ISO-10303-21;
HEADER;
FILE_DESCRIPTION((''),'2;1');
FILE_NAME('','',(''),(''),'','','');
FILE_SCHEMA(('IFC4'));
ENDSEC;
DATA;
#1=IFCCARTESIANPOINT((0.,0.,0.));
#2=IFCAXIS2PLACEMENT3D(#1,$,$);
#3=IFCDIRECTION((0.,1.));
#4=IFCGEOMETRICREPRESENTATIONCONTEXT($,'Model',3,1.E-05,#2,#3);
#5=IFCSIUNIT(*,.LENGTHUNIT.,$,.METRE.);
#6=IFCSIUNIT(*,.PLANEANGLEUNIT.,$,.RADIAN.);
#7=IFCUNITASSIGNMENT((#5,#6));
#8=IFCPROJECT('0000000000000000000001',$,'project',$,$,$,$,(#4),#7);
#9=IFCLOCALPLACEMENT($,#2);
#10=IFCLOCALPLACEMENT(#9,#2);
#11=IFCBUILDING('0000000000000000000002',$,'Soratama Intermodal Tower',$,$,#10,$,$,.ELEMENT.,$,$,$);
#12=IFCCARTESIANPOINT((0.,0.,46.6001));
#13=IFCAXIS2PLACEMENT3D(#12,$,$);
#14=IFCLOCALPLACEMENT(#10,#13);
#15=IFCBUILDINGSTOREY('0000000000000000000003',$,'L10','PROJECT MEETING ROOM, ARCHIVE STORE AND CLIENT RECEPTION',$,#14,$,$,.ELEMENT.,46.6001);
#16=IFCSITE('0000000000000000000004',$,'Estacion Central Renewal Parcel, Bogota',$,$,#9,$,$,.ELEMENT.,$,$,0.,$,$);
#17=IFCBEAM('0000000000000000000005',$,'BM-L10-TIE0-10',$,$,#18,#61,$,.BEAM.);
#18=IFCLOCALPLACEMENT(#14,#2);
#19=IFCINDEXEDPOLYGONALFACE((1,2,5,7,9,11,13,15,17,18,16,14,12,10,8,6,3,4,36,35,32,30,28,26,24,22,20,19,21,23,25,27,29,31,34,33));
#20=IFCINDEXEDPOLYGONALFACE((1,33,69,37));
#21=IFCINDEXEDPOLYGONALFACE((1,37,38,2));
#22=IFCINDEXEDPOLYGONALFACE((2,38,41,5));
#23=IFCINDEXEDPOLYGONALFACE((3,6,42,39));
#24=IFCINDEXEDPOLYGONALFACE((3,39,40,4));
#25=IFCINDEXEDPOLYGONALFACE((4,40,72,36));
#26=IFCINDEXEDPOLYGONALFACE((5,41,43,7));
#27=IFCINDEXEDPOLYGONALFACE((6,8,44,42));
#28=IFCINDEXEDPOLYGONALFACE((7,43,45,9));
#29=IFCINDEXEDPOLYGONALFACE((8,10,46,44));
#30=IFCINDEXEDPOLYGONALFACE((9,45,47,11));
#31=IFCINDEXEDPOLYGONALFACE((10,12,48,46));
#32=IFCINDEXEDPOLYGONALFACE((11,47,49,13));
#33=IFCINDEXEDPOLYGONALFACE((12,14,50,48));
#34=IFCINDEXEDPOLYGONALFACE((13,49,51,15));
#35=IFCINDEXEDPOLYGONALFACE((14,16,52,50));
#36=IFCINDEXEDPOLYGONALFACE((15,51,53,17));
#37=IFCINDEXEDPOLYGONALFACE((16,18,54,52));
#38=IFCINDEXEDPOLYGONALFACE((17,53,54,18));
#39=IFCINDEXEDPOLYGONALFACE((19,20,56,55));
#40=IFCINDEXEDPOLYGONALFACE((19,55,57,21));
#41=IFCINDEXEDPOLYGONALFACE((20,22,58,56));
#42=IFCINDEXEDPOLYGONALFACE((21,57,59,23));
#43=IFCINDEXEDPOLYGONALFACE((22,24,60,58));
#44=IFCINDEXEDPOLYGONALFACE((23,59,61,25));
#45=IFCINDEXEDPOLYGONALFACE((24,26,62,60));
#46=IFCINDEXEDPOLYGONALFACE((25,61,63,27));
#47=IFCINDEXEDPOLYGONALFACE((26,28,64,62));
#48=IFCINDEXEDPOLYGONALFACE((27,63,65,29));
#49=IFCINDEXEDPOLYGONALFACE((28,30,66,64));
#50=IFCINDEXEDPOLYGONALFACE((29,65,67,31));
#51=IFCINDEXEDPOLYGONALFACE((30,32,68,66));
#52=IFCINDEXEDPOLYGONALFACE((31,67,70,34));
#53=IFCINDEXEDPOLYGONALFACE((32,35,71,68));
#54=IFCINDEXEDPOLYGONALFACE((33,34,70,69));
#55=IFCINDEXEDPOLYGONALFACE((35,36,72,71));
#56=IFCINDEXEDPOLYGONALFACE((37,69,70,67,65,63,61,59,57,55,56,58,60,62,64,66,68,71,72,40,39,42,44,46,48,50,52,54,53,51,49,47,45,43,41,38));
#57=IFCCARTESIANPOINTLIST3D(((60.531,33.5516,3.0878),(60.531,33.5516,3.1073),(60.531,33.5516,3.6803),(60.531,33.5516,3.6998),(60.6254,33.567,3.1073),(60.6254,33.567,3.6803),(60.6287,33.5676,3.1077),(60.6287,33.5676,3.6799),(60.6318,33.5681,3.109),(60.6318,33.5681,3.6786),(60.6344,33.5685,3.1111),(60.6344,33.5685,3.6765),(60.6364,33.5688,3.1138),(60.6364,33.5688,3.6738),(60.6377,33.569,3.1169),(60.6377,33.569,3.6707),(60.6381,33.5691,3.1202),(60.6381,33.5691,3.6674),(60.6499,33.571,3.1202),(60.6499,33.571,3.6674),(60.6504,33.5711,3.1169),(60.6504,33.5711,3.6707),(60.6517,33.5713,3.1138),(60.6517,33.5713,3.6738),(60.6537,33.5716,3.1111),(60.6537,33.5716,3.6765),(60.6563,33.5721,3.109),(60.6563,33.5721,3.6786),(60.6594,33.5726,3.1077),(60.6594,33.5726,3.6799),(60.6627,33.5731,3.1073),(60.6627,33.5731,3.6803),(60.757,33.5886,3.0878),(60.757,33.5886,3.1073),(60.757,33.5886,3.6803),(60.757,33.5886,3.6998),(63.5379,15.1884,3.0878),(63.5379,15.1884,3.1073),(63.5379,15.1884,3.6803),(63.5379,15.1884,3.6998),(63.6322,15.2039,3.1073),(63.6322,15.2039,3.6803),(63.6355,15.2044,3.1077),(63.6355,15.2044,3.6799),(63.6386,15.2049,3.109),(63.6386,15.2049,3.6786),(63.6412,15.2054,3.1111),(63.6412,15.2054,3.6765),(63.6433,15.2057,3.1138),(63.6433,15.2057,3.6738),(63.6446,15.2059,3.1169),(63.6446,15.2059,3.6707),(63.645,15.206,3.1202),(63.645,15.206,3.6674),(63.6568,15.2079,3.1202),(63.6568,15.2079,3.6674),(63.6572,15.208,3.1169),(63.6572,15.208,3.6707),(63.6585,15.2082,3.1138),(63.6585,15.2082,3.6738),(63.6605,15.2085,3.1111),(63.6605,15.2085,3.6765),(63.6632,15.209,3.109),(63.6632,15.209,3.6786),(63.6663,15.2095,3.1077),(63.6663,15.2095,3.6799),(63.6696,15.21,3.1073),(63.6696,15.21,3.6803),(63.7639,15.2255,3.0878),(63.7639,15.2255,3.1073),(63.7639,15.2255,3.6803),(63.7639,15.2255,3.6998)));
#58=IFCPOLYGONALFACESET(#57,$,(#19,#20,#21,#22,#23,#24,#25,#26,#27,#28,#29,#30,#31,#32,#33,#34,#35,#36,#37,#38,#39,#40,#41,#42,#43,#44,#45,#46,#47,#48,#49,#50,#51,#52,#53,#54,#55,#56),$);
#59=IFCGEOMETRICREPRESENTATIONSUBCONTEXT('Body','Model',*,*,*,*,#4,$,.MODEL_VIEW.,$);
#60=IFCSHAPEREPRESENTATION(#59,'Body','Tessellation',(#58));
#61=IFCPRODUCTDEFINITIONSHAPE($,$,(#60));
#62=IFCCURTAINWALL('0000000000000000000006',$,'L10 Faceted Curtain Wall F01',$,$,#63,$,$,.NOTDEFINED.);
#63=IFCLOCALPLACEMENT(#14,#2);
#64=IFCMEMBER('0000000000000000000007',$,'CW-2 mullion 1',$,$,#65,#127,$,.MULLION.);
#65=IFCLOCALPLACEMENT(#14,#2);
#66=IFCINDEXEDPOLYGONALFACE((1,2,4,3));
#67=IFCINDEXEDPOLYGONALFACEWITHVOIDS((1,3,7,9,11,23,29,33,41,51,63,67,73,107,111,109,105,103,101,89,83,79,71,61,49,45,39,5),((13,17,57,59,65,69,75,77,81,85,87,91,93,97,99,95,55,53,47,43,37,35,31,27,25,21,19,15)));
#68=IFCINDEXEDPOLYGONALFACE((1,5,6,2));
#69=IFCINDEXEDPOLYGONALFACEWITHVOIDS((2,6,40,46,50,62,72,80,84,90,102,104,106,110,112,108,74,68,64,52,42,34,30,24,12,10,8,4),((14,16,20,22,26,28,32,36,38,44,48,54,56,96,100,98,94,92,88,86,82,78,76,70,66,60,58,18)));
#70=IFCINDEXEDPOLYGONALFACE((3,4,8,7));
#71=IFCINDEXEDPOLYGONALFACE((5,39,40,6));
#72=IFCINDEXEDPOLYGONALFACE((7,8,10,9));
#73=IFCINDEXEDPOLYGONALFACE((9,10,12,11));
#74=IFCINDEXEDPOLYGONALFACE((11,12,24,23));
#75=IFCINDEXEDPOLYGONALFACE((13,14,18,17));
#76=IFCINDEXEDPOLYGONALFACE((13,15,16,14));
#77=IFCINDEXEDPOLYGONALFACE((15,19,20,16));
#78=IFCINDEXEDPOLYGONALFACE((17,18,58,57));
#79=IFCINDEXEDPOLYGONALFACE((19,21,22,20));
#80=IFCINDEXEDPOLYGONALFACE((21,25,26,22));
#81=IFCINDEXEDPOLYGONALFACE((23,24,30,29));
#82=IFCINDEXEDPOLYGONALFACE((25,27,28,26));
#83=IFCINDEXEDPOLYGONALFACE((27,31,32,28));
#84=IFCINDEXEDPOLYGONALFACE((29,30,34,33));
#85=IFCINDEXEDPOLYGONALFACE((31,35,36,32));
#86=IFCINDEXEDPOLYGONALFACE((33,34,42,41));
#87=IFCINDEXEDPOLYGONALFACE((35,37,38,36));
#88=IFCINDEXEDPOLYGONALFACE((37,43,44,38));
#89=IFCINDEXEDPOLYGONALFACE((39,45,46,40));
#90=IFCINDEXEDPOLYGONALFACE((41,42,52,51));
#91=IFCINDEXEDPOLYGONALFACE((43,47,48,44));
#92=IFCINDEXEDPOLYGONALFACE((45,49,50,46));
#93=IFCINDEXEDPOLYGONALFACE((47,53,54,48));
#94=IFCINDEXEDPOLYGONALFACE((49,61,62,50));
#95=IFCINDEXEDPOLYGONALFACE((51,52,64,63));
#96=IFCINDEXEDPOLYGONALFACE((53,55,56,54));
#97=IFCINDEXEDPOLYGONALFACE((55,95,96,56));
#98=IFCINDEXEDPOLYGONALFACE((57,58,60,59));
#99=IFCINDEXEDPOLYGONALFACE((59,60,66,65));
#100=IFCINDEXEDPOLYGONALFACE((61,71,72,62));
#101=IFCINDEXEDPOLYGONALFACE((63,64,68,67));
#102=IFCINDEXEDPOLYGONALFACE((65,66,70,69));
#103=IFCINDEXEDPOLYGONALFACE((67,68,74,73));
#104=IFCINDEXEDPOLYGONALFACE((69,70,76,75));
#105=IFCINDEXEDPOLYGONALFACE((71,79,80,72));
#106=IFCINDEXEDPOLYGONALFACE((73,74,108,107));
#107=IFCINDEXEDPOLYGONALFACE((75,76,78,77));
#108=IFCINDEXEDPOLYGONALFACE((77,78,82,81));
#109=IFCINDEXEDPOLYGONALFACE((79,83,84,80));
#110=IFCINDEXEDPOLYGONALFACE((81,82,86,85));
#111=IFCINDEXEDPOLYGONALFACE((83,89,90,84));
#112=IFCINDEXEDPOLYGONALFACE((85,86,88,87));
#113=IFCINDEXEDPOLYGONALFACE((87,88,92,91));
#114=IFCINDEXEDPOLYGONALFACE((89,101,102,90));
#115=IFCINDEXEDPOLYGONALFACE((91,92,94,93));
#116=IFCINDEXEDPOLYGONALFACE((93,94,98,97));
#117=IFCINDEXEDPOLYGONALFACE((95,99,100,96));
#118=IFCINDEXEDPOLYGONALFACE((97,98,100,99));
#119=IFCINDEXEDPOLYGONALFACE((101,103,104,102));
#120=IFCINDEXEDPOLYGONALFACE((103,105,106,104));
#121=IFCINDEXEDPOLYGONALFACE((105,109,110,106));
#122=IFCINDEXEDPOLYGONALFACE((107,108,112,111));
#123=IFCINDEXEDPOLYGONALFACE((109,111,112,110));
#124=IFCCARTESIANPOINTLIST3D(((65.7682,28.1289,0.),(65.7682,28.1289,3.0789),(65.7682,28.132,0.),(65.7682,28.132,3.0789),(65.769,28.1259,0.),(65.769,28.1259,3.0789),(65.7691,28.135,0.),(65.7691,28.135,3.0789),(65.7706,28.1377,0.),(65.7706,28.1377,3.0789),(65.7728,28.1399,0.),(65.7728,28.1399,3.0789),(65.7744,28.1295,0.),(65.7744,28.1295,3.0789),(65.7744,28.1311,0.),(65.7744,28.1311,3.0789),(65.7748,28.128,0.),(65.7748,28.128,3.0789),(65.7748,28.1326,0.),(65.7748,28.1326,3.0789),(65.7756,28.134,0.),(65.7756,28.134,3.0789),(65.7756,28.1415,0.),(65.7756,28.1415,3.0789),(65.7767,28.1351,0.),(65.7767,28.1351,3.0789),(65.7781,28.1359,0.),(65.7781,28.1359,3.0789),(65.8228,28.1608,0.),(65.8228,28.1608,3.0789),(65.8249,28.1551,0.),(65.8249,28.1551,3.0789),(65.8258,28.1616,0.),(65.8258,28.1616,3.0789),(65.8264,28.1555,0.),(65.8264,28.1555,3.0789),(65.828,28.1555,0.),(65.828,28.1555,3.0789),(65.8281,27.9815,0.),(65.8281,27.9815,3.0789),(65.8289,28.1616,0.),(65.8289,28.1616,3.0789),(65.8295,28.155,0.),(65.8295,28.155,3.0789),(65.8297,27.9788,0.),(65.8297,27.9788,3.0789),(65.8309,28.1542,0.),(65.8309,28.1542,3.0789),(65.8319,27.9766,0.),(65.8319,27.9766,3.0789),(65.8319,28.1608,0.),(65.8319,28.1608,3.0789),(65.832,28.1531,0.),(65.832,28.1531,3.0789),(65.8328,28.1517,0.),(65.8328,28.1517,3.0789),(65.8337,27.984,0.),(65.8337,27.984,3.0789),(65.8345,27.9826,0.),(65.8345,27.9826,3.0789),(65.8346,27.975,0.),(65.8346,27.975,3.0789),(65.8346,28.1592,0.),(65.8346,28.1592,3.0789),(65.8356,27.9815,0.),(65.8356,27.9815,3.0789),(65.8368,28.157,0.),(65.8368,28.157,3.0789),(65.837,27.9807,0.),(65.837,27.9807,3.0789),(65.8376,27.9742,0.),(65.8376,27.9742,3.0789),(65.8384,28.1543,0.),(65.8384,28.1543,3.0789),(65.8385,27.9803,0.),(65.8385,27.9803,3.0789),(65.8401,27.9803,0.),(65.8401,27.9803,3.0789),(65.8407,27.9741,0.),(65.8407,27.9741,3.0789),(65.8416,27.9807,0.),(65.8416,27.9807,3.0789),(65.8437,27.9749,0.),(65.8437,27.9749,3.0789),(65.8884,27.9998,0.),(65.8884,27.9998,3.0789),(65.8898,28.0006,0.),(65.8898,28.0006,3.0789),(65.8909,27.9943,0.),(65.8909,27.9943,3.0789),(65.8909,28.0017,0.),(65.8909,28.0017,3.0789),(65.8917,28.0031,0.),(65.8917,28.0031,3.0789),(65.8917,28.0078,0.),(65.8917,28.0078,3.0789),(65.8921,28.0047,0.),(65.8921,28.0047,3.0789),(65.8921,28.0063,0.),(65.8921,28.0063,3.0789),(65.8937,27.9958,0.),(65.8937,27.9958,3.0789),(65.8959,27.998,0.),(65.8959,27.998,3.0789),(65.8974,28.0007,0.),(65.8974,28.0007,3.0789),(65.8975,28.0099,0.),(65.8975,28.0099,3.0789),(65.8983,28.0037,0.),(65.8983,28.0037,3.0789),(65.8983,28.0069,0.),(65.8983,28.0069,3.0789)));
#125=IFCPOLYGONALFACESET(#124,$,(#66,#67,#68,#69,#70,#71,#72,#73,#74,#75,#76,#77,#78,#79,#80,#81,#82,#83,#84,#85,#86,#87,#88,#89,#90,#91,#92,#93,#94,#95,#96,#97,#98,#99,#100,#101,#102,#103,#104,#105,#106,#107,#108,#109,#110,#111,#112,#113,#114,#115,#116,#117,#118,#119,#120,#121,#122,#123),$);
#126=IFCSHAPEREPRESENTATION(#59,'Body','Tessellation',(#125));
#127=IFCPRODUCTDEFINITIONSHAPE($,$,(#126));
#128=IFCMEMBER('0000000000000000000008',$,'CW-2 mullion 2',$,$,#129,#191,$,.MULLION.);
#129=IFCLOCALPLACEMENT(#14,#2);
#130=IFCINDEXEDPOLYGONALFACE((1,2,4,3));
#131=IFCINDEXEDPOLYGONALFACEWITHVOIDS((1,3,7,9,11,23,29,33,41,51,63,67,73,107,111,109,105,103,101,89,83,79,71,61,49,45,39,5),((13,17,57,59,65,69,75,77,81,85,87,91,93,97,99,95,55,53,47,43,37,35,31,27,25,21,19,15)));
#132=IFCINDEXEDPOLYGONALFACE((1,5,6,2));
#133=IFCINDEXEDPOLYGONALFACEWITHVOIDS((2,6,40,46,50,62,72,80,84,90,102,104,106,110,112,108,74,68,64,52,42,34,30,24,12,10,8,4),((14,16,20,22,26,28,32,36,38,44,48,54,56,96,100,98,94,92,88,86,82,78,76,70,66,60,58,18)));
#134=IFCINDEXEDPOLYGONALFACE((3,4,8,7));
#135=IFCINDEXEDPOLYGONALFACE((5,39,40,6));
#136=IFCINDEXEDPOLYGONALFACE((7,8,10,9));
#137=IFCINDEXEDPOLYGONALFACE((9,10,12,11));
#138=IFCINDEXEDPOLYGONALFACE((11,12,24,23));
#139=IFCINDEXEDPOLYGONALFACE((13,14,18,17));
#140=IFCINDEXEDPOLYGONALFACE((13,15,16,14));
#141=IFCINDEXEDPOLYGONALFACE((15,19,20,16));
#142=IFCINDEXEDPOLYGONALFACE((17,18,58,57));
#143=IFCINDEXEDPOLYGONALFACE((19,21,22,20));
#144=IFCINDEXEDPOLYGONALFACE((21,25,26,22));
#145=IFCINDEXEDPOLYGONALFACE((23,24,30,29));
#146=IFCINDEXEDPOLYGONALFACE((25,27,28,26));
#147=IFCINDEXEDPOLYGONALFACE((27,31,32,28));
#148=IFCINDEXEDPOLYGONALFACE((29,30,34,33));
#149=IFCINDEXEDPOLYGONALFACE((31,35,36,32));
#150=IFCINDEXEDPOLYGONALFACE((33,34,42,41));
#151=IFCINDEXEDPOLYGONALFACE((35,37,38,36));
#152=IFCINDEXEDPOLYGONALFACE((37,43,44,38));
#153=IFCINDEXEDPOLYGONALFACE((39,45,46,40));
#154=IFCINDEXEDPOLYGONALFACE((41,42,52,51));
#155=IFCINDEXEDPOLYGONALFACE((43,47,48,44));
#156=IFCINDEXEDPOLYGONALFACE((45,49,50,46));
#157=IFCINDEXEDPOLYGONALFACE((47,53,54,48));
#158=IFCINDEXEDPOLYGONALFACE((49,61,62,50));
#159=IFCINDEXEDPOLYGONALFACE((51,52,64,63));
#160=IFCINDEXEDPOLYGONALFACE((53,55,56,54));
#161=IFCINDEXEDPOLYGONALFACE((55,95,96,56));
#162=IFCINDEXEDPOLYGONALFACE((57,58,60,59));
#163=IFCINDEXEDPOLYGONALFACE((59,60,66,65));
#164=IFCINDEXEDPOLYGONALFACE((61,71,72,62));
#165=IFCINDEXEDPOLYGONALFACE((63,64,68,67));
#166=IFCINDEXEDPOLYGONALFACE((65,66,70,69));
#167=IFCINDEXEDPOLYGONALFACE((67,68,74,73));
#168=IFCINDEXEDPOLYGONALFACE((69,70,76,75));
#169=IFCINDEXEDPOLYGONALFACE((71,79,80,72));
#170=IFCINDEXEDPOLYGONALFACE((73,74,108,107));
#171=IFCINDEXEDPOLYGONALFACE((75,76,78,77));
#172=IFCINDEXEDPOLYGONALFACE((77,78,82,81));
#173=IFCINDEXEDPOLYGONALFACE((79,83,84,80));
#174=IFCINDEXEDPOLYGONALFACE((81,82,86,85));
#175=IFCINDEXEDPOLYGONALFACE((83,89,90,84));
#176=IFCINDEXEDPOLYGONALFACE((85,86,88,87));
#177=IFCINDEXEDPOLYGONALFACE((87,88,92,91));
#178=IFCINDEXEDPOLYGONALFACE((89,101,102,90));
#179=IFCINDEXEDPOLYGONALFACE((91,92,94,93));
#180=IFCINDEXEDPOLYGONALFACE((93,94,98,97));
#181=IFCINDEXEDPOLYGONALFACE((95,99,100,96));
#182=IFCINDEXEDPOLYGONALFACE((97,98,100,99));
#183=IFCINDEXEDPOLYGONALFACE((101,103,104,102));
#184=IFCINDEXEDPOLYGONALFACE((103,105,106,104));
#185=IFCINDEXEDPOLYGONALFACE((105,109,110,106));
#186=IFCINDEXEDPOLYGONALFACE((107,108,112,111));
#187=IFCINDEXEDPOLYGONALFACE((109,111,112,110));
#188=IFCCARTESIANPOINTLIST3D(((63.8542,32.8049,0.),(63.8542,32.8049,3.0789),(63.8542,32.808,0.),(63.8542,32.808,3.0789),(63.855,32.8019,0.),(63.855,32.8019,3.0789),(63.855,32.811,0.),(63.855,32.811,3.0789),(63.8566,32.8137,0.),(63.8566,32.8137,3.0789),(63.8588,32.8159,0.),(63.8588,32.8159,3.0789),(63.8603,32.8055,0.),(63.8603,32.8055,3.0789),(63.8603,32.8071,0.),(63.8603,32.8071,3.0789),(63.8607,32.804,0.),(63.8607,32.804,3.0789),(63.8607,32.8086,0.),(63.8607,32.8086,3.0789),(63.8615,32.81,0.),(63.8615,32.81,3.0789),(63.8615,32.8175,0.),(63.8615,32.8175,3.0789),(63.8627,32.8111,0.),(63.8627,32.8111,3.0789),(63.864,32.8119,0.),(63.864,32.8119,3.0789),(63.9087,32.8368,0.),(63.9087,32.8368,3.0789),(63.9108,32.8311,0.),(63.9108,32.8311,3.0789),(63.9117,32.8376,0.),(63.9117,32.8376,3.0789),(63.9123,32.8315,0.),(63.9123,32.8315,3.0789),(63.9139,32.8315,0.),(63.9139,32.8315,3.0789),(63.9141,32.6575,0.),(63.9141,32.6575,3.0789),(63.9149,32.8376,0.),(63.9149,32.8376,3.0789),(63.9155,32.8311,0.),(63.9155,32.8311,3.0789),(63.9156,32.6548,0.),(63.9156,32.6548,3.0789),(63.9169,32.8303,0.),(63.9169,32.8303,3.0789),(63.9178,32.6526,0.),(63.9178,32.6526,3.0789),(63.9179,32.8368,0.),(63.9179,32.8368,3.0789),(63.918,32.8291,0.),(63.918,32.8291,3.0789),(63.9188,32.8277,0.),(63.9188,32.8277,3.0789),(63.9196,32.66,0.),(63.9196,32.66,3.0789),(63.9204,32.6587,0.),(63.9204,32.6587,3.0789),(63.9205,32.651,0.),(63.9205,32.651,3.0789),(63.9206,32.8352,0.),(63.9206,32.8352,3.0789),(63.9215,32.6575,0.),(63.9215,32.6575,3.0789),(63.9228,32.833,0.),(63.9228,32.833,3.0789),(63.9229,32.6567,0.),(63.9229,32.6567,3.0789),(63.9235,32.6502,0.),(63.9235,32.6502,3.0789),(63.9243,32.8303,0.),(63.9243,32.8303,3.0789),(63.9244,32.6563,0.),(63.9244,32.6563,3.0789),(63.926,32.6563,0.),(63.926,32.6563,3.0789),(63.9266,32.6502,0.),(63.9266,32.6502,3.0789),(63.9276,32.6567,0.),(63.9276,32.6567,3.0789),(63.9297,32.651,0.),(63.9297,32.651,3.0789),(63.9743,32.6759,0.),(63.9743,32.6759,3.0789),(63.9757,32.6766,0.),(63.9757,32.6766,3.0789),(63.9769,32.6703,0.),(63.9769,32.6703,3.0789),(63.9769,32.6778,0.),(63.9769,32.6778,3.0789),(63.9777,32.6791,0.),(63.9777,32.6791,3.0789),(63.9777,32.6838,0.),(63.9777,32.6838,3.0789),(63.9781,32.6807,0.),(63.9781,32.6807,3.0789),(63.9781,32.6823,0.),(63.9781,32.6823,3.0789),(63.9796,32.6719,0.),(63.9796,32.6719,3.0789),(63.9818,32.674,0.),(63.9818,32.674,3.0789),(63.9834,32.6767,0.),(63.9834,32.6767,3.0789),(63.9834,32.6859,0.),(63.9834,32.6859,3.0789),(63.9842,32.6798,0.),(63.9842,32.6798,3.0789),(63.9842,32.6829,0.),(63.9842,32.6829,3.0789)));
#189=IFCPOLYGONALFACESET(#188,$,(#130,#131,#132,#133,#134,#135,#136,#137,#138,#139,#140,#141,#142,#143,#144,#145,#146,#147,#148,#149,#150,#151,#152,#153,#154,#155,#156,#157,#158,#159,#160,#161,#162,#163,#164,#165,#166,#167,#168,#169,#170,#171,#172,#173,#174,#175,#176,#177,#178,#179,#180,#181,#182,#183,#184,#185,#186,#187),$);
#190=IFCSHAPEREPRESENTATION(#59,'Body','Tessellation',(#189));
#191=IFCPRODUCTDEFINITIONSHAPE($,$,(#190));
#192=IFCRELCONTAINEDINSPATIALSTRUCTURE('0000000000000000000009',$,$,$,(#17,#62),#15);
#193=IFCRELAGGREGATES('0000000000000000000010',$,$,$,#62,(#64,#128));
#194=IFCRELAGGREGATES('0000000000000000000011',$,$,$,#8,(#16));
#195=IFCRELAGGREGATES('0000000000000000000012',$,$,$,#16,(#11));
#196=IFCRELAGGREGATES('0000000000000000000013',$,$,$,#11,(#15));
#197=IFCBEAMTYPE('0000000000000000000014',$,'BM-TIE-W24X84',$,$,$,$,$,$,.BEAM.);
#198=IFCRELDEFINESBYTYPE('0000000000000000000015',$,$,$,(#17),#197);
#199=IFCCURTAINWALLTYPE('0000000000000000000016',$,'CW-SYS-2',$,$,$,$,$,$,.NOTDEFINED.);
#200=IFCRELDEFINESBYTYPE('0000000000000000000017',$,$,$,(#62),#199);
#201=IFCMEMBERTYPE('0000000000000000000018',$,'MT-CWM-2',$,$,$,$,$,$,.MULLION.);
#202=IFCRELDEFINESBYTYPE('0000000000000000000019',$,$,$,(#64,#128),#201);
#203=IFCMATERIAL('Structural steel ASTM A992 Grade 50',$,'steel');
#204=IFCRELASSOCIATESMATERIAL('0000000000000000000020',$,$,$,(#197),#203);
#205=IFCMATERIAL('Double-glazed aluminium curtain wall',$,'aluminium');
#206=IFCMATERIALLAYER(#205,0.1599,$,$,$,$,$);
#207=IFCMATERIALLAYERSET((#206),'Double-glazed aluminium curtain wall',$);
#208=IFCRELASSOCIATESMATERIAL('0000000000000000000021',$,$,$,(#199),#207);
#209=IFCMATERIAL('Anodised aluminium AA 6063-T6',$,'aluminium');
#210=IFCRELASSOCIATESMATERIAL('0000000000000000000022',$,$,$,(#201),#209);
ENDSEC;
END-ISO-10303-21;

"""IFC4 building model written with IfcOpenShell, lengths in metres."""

from ifc_helpers import new_model, si_unit, direction, frame, origin, origin_2d, place, context, subcontext, project, spatial, hollow_rectangle, i_section, extrude, material, layer, layer_set, material_profile, profile_set, type_object, element, aggregate, save


model = new_model("IFC4")

# Units and contexts
model_context = context("Model", 3, precision=1e-05, world=origin(), true_north=direction((0.0, 1.0)))
body_context = subcontext(model_context, "Body", "Model", "MODEL_VIEW")
ifc_project = project(units=[si_unit("LENGTHUNIT", "METRE"), si_unit("PLANEANGLEUNIT", "RADIAN")], contexts=[model_context])

# Site, building, storey
site_placement = place(None, origin())
site = spatial("IfcSite", under=ifc_project, at=site_placement, Name="Estacion Central Renewal Parcel, Bogota", CompositionType="ELEMENT", RefElevation=0.0)
building_placement = place(site_placement, origin())
building = spatial("IfcBuilding", under=site, at=building_placement, Name="Soratama Intermodal Tower", CompositionType="ELEMENT")
storey_placement = place(building_placement, frame((0.0, 0.0, 46.6001)))
storey = spatial("IfcBuildingStorey", under=building, at=storey_placement, Name="L10", Description="PROJECT MEETING ROOM, ARCHIVE STORE AND CLIENT RECEPTION", CompositionType="ELEMENT", Elevation=46.6001)

# Beam
ifc_material_1 = material(Name="Structural steel ASTM A992 Grade 50", Category="steel")
ifc_material_profile_1 = material_profile(ifc_material_1, i_section(OverallWidth=0.229, OverallDepth=0.6121, WebThickness=0.012, FlangeThickness=0.0195, FilletRadius=0.0129, at=origin_2d()), Name="W24X84")
ifc_profile_set_1 = profile_set([ifc_material_profile_1], Name="Structural steel ASTM A992 Grade 50")
beam_type_1 = type_object("IfcBeamType", Name="BM-TIE-W24X84", PredefinedType="BEAM", material=ifc_profile_set_1)
beam_1_placement = place(storey_placement, frame((60.644, 33.5701, 3.3938), z_axis=(0.161592, -0.986858, 0.0), x_axis=(0.986858, 0.161592, 0.0)))
element("IfcBeam", 1, at=beam_1_placement, inside=storey, type_object=beam_type_1, Name="BM-L10-TIE0-10", PredefinedType="BEAM", context=body_context, shape_type="SweptSolid", body=[
    extrude(i_section(OverallWidth=0.229, OverallDepth=0.6121, WebThickness=0.012, FlangeThickness=0.0195, FilletRadius=0.0129, at=origin_2d()), origin(), (0.0, 0.0, 1.0), 18.6077),
])

# Curtain wall, members
ifc_material_2 = material(Name="Double-glazed aluminium curtain wall", Category="aluminium")
ifc_layer_1 = layer(ifc_material_2, 0.1599)
ifc_layer_set_1 = layer_set([ifc_layer_1], Name="Double-glazed aluminium curtain wall")
curtain_wall_type = type_object("IfcCurtainWallType", Name="CW-SYS-2", PredefinedType="NOTDEFINED", material=ifc_layer_set_1)
curtain_wall_placement = place(storey_placement, origin())
curtain_wall = element("IfcCurtainWall", 2, at=curtain_wall_placement, inside=storey, type_object=curtain_wall_type, Name="L10 Faceted Curtain Wall F01", PredefinedType="NOTDEFINED")
ifc_material_3 = material(Name="Anodised aluminium AA 6063-T6", Category="aluminium")
ifc_material_profile_2 = material_profile(ifc_material_3, hollow_rectangle(XDim=0.075, YDim=0.1799, WallThickness=0.0061, InnerFilletRadius=0.0061, OuterFilletRadius=0.012, at=origin_2d()), Name="CWM180X75X6")
ifc_profile_set_2 = profile_set([ifc_material_profile_2], Name="Anodised aluminium AA 6063-T6")
member_type_1 = type_object("IfcMemberType", Name="MT-CWM-2", PredefinedType="MULLION", material=ifc_profile_set_2)
member_1_placement = place(storey_placement, frame((65.8333, 28.0679, 0.0), z_axis=(0.0, 0.0, 1.0), x_axis=(-0.925473, -0.378813, 0.0)))
member_1 = element("IfcMember", 3, at=member_1_placement, type_object=member_type_1, Name="CW-2 mullion 1", PredefinedType="MULLION", context=body_context, shape_type="SweptSolid", body=[
    extrude(hollow_rectangle(XDim=0.075, YDim=0.1799, WallThickness=0.0061, InnerFilletRadius=0.0061, OuterFilletRadius=0.012, at=origin_2d()), origin(), (0.0, 0.0, 1.0), 3.0789),
])
member_2_placement = place(storey_placement, frame((63.9192, 32.7439, 0.0), z_axis=(0.0, 0.0, 1.0), x_axis=(-0.925473, -0.378813, 0.0)))
member_2 = element("IfcMember", 4, at=member_2_placement, type_object=member_type_1, Name="CW-2 mullion 2", PredefinedType="MULLION", context=body_context, shape_type="SweptSolid", body=[
    extrude(hollow_rectangle(XDim=0.075, YDim=0.1799, WallThickness=0.0061, InnerFilletRadius=0.0061, OuterFilletRadius=0.012, at=origin_2d()), origin(), (0.0, 0.0, 1.0), 3.0789),
])
aggregate(curtain_wall, [member_1, member_2])

save(model, "model.ifc")
